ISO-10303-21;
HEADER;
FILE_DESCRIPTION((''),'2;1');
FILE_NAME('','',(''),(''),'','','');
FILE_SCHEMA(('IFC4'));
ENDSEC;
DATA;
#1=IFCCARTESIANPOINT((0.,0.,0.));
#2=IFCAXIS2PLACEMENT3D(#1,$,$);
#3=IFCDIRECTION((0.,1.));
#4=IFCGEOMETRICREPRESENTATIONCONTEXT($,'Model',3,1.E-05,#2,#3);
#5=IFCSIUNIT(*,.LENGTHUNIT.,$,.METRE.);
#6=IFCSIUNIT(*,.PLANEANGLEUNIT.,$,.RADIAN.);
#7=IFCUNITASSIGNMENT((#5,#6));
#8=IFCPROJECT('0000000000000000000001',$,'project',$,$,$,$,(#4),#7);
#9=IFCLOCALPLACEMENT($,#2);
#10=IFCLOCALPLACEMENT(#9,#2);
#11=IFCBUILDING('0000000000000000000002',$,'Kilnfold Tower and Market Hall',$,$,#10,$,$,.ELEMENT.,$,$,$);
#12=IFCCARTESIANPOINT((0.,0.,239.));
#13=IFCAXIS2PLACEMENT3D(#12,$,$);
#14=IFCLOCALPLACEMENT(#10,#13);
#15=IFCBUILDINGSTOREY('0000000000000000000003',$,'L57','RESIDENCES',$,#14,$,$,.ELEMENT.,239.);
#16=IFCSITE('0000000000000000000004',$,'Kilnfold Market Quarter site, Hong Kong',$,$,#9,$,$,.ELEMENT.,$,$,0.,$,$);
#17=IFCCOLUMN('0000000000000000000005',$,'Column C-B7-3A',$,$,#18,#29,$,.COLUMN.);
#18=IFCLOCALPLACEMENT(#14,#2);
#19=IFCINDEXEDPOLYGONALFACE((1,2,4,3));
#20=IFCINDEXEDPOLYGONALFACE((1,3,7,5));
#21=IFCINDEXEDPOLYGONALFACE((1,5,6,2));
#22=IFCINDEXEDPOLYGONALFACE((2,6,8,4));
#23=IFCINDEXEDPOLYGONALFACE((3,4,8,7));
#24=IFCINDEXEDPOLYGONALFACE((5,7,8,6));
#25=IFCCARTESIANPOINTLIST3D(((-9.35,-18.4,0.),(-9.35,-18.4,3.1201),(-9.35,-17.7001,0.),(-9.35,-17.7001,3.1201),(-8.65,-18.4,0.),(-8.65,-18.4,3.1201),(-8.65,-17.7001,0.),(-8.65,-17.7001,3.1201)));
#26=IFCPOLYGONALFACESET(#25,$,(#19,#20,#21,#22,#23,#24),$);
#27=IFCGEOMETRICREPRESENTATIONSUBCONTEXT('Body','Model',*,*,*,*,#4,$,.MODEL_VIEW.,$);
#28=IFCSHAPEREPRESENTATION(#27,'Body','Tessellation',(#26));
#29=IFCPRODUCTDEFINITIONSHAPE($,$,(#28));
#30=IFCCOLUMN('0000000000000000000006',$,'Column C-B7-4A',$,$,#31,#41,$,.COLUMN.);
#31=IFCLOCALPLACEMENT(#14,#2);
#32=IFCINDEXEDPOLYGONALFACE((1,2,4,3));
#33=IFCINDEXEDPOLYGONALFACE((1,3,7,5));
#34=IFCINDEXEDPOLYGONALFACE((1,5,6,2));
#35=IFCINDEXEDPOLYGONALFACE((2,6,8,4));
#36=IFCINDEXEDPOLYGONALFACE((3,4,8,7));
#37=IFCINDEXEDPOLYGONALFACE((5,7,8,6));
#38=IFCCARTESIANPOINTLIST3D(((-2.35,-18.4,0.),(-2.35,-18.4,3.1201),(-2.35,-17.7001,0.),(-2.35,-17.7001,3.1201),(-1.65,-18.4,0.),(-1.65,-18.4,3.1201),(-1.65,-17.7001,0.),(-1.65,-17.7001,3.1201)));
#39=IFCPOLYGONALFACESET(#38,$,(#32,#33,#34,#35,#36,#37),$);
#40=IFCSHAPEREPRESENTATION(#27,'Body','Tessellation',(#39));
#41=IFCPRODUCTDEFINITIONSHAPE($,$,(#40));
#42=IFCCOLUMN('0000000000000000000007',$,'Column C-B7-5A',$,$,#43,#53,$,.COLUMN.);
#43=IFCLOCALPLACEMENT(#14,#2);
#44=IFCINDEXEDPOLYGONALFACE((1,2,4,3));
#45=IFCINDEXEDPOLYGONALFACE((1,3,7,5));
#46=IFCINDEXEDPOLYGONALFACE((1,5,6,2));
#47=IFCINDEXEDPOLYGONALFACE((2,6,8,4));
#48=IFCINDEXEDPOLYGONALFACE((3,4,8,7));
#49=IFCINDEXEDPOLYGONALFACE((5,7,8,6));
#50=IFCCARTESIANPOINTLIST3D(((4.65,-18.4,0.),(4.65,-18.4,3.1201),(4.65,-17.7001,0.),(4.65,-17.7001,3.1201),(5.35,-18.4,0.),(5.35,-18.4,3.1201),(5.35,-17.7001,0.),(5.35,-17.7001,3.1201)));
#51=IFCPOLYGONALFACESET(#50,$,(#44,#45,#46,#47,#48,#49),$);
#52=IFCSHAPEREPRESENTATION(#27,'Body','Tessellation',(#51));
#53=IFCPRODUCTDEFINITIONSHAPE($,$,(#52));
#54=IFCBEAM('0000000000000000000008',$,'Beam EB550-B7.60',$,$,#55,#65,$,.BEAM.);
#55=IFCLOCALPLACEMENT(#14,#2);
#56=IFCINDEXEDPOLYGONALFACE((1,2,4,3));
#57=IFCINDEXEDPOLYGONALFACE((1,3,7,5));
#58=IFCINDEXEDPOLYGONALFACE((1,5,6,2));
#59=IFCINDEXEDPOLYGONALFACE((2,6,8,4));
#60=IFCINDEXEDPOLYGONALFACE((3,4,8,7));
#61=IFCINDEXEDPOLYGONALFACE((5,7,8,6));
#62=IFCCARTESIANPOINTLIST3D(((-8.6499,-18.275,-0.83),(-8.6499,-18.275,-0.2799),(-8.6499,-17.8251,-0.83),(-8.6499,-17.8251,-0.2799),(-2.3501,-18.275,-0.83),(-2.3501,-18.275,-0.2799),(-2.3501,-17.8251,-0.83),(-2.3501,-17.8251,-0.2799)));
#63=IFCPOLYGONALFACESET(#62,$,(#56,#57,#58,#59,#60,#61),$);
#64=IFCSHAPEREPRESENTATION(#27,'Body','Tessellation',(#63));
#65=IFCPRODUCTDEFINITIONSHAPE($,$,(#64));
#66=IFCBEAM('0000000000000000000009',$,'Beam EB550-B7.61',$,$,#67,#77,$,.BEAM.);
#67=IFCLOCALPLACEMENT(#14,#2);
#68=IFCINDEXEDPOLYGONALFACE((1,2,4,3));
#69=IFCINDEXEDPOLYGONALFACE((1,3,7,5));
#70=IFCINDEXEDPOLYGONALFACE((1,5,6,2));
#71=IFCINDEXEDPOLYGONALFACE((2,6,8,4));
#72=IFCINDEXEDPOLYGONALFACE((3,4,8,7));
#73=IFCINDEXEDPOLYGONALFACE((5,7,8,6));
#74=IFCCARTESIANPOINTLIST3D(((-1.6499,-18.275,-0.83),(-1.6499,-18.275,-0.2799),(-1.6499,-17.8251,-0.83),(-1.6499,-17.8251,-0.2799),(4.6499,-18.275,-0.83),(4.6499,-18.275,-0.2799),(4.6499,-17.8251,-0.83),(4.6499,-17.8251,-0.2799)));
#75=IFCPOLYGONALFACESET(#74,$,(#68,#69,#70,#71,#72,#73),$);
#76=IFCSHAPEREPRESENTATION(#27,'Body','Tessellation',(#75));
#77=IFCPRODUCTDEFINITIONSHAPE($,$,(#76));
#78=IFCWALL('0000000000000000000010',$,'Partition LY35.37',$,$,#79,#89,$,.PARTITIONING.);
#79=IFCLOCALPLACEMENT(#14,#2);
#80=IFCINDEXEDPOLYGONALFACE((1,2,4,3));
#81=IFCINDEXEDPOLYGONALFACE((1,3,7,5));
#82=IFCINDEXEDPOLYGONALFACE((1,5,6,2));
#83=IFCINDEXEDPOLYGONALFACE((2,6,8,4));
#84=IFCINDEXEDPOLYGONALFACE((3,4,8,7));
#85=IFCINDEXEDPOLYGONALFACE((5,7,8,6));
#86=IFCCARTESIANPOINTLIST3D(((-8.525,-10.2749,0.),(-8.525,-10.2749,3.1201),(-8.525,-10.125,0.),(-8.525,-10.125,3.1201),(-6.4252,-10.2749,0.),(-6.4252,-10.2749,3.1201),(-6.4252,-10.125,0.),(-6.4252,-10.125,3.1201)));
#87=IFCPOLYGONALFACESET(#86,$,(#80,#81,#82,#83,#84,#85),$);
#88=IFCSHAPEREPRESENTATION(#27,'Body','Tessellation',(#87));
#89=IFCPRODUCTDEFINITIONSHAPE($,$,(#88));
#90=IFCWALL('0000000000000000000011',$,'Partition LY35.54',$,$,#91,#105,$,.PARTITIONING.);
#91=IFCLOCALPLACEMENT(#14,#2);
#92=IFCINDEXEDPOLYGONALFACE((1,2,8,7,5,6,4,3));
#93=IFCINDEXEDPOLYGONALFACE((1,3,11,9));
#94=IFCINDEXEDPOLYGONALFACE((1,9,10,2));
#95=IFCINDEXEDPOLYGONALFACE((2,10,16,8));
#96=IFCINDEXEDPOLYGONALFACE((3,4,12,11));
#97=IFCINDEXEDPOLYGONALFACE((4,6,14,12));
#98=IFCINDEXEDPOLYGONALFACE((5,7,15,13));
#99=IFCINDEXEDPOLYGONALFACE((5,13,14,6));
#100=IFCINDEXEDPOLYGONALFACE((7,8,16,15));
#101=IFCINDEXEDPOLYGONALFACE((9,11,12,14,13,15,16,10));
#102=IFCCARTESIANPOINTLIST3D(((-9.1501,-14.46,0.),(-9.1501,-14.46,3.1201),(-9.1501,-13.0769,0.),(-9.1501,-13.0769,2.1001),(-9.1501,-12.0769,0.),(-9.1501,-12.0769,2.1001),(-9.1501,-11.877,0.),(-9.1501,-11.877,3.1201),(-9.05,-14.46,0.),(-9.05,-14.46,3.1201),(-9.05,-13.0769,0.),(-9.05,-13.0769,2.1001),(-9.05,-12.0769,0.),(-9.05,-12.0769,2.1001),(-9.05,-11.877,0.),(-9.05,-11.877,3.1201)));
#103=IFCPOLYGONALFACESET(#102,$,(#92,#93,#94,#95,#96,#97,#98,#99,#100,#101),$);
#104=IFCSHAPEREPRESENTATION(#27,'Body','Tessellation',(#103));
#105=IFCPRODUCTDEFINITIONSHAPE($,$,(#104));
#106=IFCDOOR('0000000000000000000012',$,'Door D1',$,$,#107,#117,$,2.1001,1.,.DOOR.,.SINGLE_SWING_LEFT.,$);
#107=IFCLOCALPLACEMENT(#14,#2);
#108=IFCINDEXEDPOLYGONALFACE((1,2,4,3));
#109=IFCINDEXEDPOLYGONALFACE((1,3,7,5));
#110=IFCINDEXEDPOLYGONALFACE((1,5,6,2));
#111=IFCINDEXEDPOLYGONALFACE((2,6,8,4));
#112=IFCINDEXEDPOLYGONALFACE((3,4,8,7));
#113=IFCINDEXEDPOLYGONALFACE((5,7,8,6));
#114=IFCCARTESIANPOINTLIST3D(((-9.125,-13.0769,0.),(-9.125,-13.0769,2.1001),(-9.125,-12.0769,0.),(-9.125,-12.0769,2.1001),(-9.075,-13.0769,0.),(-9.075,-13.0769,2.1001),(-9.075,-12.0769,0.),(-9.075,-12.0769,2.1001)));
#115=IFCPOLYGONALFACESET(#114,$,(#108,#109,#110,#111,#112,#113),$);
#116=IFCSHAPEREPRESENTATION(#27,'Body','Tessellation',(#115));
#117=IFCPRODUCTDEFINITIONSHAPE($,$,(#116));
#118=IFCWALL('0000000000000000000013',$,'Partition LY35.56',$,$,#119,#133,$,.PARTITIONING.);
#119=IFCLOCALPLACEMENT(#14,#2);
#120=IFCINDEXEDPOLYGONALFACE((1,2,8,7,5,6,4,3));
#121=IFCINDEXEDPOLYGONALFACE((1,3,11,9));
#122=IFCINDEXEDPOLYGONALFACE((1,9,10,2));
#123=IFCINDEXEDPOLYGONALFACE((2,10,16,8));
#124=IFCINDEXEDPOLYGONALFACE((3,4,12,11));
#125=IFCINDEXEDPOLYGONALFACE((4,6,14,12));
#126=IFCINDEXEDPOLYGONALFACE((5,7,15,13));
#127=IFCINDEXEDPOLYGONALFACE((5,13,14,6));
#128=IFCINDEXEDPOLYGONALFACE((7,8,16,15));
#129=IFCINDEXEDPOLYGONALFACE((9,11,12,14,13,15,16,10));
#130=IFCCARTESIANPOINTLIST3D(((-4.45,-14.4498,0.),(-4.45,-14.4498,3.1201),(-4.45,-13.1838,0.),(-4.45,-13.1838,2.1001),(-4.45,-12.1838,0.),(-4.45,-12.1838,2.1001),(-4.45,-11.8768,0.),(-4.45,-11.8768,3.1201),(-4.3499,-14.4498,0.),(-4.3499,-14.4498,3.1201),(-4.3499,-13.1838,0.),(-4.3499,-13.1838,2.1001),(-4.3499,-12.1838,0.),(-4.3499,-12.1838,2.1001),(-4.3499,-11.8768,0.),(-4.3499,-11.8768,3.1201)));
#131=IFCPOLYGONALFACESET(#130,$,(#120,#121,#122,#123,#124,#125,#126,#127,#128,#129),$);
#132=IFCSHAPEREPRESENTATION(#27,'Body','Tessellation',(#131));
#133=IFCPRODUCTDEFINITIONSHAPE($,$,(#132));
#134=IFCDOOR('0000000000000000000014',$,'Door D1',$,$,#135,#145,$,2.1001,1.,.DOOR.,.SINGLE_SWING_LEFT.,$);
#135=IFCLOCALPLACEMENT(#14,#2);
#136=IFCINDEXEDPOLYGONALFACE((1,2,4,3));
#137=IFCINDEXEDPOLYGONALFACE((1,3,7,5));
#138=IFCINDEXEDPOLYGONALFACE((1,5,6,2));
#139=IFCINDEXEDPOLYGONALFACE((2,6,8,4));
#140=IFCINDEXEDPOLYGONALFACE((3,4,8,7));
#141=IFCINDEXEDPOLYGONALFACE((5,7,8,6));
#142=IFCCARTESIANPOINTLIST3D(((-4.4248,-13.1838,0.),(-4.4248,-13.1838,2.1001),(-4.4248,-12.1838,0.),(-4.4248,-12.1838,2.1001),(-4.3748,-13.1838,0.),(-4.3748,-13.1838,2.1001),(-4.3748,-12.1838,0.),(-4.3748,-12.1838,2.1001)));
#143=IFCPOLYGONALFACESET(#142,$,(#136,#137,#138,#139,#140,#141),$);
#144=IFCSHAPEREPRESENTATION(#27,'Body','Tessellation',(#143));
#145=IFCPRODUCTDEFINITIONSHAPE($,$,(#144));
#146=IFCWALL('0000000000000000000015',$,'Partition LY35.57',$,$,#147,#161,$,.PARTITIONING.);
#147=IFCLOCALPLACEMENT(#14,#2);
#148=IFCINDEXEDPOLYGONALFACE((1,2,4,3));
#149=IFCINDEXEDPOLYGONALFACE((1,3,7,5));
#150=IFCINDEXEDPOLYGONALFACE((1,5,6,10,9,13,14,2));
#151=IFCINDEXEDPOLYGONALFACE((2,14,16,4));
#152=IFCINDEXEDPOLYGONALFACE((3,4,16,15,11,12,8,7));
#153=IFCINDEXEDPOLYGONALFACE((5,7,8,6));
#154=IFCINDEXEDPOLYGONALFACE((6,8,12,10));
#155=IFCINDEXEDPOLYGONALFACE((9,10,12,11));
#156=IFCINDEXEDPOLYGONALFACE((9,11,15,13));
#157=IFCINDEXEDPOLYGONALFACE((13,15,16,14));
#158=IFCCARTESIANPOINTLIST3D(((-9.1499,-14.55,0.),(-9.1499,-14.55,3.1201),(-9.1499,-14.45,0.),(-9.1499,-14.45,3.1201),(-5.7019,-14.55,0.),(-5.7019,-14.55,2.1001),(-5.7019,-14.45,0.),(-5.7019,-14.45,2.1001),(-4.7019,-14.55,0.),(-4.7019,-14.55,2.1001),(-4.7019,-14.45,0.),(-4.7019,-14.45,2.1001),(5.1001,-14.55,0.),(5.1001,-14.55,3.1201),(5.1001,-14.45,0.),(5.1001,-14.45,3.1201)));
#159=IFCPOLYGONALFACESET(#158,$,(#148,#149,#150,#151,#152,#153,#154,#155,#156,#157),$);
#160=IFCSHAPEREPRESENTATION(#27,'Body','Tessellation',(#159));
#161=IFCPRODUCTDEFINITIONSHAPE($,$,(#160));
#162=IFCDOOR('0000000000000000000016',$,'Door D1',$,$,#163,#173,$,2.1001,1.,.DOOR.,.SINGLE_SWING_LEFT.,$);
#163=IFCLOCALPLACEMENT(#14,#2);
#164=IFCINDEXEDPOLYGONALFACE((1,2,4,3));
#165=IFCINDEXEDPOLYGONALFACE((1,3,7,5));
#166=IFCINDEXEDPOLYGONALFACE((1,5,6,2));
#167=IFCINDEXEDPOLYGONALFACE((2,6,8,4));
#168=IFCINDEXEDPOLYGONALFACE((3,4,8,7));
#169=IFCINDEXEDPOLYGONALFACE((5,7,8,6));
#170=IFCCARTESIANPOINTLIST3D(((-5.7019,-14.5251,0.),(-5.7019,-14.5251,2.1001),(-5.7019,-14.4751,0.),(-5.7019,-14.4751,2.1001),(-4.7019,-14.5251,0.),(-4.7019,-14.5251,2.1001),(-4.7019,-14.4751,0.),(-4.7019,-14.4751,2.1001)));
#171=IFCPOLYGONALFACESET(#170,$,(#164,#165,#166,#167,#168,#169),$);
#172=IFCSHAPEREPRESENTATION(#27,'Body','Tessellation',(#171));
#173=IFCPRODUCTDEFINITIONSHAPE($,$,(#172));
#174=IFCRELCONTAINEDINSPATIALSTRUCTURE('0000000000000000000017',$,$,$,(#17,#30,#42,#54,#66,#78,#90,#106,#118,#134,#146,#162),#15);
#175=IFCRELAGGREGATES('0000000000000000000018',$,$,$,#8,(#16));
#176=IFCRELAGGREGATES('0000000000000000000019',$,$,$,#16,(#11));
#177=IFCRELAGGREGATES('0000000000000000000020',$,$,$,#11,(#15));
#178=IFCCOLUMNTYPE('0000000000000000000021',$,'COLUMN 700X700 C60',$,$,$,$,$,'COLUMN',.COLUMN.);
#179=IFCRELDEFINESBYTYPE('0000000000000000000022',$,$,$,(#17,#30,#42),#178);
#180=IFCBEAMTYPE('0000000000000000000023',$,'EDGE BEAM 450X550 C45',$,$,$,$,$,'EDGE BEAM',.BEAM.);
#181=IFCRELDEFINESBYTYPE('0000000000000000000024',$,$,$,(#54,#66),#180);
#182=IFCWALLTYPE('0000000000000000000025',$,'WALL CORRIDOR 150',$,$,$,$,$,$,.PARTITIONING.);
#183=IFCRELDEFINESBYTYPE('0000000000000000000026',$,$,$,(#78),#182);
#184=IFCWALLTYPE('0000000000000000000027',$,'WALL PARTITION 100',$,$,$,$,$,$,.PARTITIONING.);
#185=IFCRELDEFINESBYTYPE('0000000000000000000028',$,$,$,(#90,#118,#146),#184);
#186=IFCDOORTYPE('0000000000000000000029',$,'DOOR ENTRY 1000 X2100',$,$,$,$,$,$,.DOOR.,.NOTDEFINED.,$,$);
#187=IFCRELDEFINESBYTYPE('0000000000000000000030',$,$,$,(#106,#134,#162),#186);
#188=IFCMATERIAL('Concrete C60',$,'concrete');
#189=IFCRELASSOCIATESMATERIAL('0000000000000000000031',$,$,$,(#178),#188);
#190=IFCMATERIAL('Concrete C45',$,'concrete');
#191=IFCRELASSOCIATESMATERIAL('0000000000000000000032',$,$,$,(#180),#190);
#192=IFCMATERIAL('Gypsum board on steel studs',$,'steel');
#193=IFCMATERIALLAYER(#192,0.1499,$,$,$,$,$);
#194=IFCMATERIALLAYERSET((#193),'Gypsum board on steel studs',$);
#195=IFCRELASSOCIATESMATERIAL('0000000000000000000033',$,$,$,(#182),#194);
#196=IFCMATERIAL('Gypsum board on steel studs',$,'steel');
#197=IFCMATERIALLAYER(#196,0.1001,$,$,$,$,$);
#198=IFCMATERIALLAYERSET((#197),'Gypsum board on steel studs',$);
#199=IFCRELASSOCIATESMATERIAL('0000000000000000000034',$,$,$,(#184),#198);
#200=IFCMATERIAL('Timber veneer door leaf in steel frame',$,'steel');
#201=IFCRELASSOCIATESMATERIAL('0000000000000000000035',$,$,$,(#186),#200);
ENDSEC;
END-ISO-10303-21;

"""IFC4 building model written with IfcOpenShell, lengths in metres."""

from ifc_helpers import new_model, si_unit, direction, frame, frame_2d, origin, origin_2d, place, context, subcontext, project, spatial, rectangle, extrude, source, transform, mapped, material, layer, layer_set, material_profile, profile_set, type_object, element, fill, save


model = new_model("IFC4")

# Units and contexts
model_context = context("Model", 3, precision=1e-05, world=origin(), true_north=direction((0.0, 1.0)))
body_context = subcontext(model_context, "Body", "Model", "MODEL_VIEW")
ifc_project = project(units=[si_unit("LENGTHUNIT", "METRE"), si_unit("PLANEANGLEUNIT", "RADIAN")], contexts=[model_context])

# Site, building, storey
site_placement = place(None, origin())
site = spatial("IfcSite", under=ifc_project, at=site_placement, Name="Kilnfold Market Quarter site, Hong Kong", CompositionType="ELEMENT", RefElevation=0.0)
building_placement = place(site_placement, origin())
building = spatial("IfcBuilding", under=site, at=building_placement, Name="Kilnfold Tower and Market Hall", CompositionType="ELEMENT")
storey_placement = place(building_placement, frame((0.0, 0.0, 239.0)))
storey = spatial("IfcBuildingStorey", under=building, at=storey_placement, Name="L57", Description="RESIDENCES", CompositionType="ELEMENT", Elevation=239.0)

# Columns
ifc_material_1 = material(Name="Concrete C60", Category="concrete")
ifc_material_profile_1 = material_profile(ifc_material_1, rectangle(XDim=0.7, YDim=0.7, at=origin_2d()), Name="RC 700x700")
ifc_profile_set_1 = profile_set([ifc_material_profile_1], Name="Concrete C60")
column_type = type_object("IfcColumnType", Name="COLUMN 700X700 C60", ElementType="COLUMN", PredefinedType="COLUMN", material=ifc_profile_set_1)
shared_shape_1 = source(origin(), body_context, "Body", "SweptSolid", [
    extrude(rectangle(XDim=0.7, YDim=0.7, at=origin_2d()), origin(), (0.0, 0.0, 1.0), 3.1201),
])
for number, where, z_axis, x_axis, name in (
    (1, (-9.0, -18.05, 0.0), (0.0, 0.0, 1.0), (1.0, 0.0, 0.0), "Column C-B7-3A"),
    (2, (-2.0, -18.05, 0.0), (0.0, 0.0, 1.0), (1.0, 0.0, 0.0), "Column C-B7-4A"),
    (3, (5.0, -18.05, 0.0), (0.0, 0.0, 1.0), (1.0, 0.0, 0.0), "Column C-B7-5A"),
):
    element("IfcColumn", number, at=place(storey_placement, frame(where, z_axis=z_axis, x_axis=x_axis)), inside=storey, type_object=column_type, Name=name, PredefinedType="COLUMN", context=body_context, shape_type="MappedRepresentation", body=[
        mapped(shared_shape_1, transform((0.0, 0.0, 0.0))),
    ])

# Beams
ifc_material_2 = material(Name="Concrete C45", Category="concrete")
ifc_material_profile_2 = material_profile(ifc_material_2, rectangle(XDim=0.45, YDim=0.55, at=origin_2d()), Name="RC 450x550")
ifc_profile_set_2 = profile_set([ifc_material_profile_2], Name="Concrete C45")
beam_type = type_object("IfcBeamType", Name="EDGE BEAM 450X550 C45", ElementType="EDGE BEAM", PredefinedType="BEAM", material=ifc_profile_set_2)
shared_shape_2 = source(origin(), body_context, "Body", "SweptSolid", [
    extrude(rectangle(XDim=0.45, YDim=0.55, at=origin_2d()), origin(), (0.0, 0.0, 1.0), 6.2998),
])
for number, where, z_axis, x_axis, name in (
    (4, (-8.6499, -18.05, -0.5549), (1.0, 0.0, 0.0), (0.0, 1.0, 0.0), "Beam EB550-B7.60"),
    (5, (-1.6499, -18.05, -0.5549), (1.0, 0.0, 0.0), (0.0, 1.0, 0.0), "Beam EB550-B7.61"),
):
    element("IfcBeam", number, at=place(storey_placement, frame(where, z_axis=z_axis, x_axis=x_axis)), inside=storey, type_object=beam_type, Name=name, PredefinedType="BEAM", context=body_context, shape_type="MappedRepresentation", body=[
        mapped(shared_shape_2, transform((0.0, 0.0, 0.0))),
    ])

# Wall
ifc_material_3 = material(Name="Gypsum board on steel studs", Category="steel")
ifc_layer_1 = layer(ifc_material_3, 0.1499)
ifc_layer_set_1 = layer_set([ifc_layer_1], Name="Gypsum board on steel studs")
wall_type_1 = type_object("IfcWallType", Name="WALL CORRIDOR 150", PredefinedType="PARTITIONING", material=ifc_layer_set_1)
wall_1_placement = place(storey_placement, frame((-8.5249, -10.2, 0.0), z_axis=(0.0, 0.0, 1.0), x_axis=(1.0, 0.0, 0.0)))
element("IfcWall", 6, at=wall_1_placement, inside=storey, type_object=wall_type_1, Name="Partition LY35.37", PredefinedType="PARTITIONING", context=body_context, shape_type="SweptSolid", body=[
    extrude(rectangle(XDim=2.0999, YDim=0.1499, at=frame_2d((1.0498, 0.0))), origin(), (0.0, 0.0, 1.0), 3.1201),
])

# Walls, openings, doors
ifc_material_4 = material(Name="Gypsum board on steel studs", Category="steel")
ifc_layer_2 = layer(ifc_material_4, 0.1001)
ifc_layer_set_2 = layer_set([ifc_layer_2], Name="Gypsum board on steel studs")
wall_type_2 = type_object("IfcWallType", Name="WALL PARTITION 100", PredefinedType="PARTITIONING", material=ifc_layer_set_2)
wall_2_placement = place(storey_placement, frame((-9.1001, -14.46, 0.0), z_axis=(0.0, 0.0, 1.0), x_axis=(0.0, 1.0, 0.0)))
wall_2 = element("IfcWall", 7, at=wall_2_placement, inside=storey, type_object=wall_type_2, Name="Partition LY35.54", PredefinedType="PARTITIONING", context=body_context, shape_type="SweptSolid", body=[
    extrude(rectangle(XDim=2.583, YDim=0.1001, at=frame_2d((1.2915, 0.0))), origin(), (0.0, 0.0, 1.0), 3.1201),
])
opening_1_placement = place(wall_2_placement, frame((1.3831, 0.0, 0.0)))
opening_1 = element("IfcOpeningElement", 8, at=opening_1_placement, cuts=wall_2, PredefinedType="OPENING", context=body_context, shape_type="SweptSolid", body=[
    extrude(rectangle(XDim=1.0, YDim=2.1001, at=frame_2d((0.5, 1.05))), frame((0.0, 0.0601, 0.0), z_axis=(0.0, -1.0, 0.0), x_axis=(1.0, 0.0, 0.0)), (0.0, 0.0, 1.0), 0.1201),
])
ifc_material_5 = material(Name="Timber veneer door leaf in steel frame", Category="steel")
door_type_1 = type_object("IfcDoorType", Name="DOOR ENTRY 1000 X2100", OperationType="NOTDEFINED", PredefinedType="DOOR", material=ifc_material_5)
door_1_placement = place(opening_1_placement, origin())
door_1 = element("IfcDoor", 9, at=door_1_placement, inside=storey, type_object=door_type_1, Name="Door D1", OperationType="SINGLE_SWING_LEFT", OverallHeight=2.1001, OverallWidth=1.0, PredefinedType="DOOR", context=body_context, shape_type="SweptSolid", body=[
    extrude(rectangle(XDim=1.0, YDim=2.1001, at=frame_2d((0.5, 1.05))), frame((0.0, 0.0249, 0.0), z_axis=(0.0, -1.0, 0.0), x_axis=(1.0, 0.0, 0.0)), (0.0, 0.0, 1.0), 0.05),
])
fill(opening_1, door_1)
wall_3_placement = place(storey_placement, frame((-4.3999, -14.45, 0.0), z_axis=(0.0, 0.0, 1.0), x_axis=(0.0, 1.0, 0.0)))
wall_3 = element("IfcWall", 10, at=wall_3_placement, inside=storey, type_object=wall_type_2, Name="Partition LY35.56", PredefinedType="PARTITIONING", context=body_context, shape_type="SweptSolid", body=[
    extrude(rectangle(XDim=2.573, YDim=0.1001, at=frame_2d((1.2866, 0.0))), origin(), (0.0, 0.0, 1.0), 3.1201),
])
opening_2_placement = place(wall_3_placement, frame((1.2661, 0.0, 0.0)))
opening_2 = element("IfcOpeningElement", 11, at=opening_2_placement, cuts=wall_3, PredefinedType="OPENING", context=body_context, shape_type="SweptSolid", body=[
    extrude(rectangle(XDim=1.0, YDim=2.1001, at=frame_2d((0.5, 1.05))), frame((0.0, 0.0601, 0.0), z_axis=(0.0, -1.0, 0.0), x_axis=(1.0, 0.0, 0.0)), (0.0, 0.0, 1.0), 0.1201),
])
door_2_placement = place(opening_2_placement, origin())
door_2 = element("IfcDoor", 12, at=door_2_placement, inside=storey, type_object=door_type_1, Name="Door D1", OperationType="SINGLE_SWING_LEFT", OverallHeight=2.1001, OverallWidth=1.0, PredefinedType="DOOR", context=body_context, shape_type="SweptSolid", body=[
    extrude(rectangle(XDim=1.0, YDim=2.1001, at=frame_2d((0.5, 1.05))), frame((0.0, 0.0249, 0.0), z_axis=(0.0, -1.0, 0.0), x_axis=(1.0, 0.0, 0.0)), (0.0, 0.0, 1.0), 0.05),
])
fill(opening_2, door_2)
wall_4_placement = place(storey_placement, frame((-9.1499, -14.5, 0.0), z_axis=(0.0, 0.0, 1.0), x_axis=(1.0, 0.0, 0.0)))
wall_4 = element("IfcWall", 13, at=wall_4_placement, inside=storey, type_object=wall_type_2, Name="Partition LY35.57", PredefinedType="PARTITIONING", context=body_context, shape_type="SweptSolid", body=[
    extrude(rectangle(XDim=14.25, YDim=0.1001, at=frame_2d((7.125, 0.0))), origin(), (0.0, 0.0, 1.0), 3.1201),
])
opening_3_placement = place(wall_4_placement, frame((3.448, 0.0, 0.0)))
opening_3 = element("IfcOpeningElement", 14, at=opening_3_placement, cuts=wall_4, PredefinedType="OPENING", context=body_context, shape_type="SweptSolid", body=[
    extrude(rectangle(XDim=1.0, YDim=2.1001, at=frame_2d((0.5, 1.05))), frame((0.0, 0.0601, 0.0), z_axis=(0.0, -1.0, 0.0), x_axis=(1.0, 0.0, 0.0)), (0.0, 0.0, 1.0), 0.1201),
])
door_3_placement = place(opening_3_placement, origin())
door_3 = element("IfcDoor", 15, at=door_3_placement, inside=storey, type_object=door_type_1, Name="Door D1", OperationType="SINGLE_SWING_LEFT", OverallHeight=2.1001, OverallWidth=1.0, PredefinedType="DOOR", context=body_context, shape_type="SweptSolid", body=[
    extrude(rectangle(XDim=1.0, YDim=2.1001, at=frame_2d((0.5, 1.05))), frame((0.0, 0.0249, 0.0), z_axis=(0.0, -1.0, 0.0), x_axis=(1.0, 0.0, 0.0)), (0.0, 0.0, 1.0), 0.05),
])
fill(opening_3, door_3)

save(model, "model.ifc")
